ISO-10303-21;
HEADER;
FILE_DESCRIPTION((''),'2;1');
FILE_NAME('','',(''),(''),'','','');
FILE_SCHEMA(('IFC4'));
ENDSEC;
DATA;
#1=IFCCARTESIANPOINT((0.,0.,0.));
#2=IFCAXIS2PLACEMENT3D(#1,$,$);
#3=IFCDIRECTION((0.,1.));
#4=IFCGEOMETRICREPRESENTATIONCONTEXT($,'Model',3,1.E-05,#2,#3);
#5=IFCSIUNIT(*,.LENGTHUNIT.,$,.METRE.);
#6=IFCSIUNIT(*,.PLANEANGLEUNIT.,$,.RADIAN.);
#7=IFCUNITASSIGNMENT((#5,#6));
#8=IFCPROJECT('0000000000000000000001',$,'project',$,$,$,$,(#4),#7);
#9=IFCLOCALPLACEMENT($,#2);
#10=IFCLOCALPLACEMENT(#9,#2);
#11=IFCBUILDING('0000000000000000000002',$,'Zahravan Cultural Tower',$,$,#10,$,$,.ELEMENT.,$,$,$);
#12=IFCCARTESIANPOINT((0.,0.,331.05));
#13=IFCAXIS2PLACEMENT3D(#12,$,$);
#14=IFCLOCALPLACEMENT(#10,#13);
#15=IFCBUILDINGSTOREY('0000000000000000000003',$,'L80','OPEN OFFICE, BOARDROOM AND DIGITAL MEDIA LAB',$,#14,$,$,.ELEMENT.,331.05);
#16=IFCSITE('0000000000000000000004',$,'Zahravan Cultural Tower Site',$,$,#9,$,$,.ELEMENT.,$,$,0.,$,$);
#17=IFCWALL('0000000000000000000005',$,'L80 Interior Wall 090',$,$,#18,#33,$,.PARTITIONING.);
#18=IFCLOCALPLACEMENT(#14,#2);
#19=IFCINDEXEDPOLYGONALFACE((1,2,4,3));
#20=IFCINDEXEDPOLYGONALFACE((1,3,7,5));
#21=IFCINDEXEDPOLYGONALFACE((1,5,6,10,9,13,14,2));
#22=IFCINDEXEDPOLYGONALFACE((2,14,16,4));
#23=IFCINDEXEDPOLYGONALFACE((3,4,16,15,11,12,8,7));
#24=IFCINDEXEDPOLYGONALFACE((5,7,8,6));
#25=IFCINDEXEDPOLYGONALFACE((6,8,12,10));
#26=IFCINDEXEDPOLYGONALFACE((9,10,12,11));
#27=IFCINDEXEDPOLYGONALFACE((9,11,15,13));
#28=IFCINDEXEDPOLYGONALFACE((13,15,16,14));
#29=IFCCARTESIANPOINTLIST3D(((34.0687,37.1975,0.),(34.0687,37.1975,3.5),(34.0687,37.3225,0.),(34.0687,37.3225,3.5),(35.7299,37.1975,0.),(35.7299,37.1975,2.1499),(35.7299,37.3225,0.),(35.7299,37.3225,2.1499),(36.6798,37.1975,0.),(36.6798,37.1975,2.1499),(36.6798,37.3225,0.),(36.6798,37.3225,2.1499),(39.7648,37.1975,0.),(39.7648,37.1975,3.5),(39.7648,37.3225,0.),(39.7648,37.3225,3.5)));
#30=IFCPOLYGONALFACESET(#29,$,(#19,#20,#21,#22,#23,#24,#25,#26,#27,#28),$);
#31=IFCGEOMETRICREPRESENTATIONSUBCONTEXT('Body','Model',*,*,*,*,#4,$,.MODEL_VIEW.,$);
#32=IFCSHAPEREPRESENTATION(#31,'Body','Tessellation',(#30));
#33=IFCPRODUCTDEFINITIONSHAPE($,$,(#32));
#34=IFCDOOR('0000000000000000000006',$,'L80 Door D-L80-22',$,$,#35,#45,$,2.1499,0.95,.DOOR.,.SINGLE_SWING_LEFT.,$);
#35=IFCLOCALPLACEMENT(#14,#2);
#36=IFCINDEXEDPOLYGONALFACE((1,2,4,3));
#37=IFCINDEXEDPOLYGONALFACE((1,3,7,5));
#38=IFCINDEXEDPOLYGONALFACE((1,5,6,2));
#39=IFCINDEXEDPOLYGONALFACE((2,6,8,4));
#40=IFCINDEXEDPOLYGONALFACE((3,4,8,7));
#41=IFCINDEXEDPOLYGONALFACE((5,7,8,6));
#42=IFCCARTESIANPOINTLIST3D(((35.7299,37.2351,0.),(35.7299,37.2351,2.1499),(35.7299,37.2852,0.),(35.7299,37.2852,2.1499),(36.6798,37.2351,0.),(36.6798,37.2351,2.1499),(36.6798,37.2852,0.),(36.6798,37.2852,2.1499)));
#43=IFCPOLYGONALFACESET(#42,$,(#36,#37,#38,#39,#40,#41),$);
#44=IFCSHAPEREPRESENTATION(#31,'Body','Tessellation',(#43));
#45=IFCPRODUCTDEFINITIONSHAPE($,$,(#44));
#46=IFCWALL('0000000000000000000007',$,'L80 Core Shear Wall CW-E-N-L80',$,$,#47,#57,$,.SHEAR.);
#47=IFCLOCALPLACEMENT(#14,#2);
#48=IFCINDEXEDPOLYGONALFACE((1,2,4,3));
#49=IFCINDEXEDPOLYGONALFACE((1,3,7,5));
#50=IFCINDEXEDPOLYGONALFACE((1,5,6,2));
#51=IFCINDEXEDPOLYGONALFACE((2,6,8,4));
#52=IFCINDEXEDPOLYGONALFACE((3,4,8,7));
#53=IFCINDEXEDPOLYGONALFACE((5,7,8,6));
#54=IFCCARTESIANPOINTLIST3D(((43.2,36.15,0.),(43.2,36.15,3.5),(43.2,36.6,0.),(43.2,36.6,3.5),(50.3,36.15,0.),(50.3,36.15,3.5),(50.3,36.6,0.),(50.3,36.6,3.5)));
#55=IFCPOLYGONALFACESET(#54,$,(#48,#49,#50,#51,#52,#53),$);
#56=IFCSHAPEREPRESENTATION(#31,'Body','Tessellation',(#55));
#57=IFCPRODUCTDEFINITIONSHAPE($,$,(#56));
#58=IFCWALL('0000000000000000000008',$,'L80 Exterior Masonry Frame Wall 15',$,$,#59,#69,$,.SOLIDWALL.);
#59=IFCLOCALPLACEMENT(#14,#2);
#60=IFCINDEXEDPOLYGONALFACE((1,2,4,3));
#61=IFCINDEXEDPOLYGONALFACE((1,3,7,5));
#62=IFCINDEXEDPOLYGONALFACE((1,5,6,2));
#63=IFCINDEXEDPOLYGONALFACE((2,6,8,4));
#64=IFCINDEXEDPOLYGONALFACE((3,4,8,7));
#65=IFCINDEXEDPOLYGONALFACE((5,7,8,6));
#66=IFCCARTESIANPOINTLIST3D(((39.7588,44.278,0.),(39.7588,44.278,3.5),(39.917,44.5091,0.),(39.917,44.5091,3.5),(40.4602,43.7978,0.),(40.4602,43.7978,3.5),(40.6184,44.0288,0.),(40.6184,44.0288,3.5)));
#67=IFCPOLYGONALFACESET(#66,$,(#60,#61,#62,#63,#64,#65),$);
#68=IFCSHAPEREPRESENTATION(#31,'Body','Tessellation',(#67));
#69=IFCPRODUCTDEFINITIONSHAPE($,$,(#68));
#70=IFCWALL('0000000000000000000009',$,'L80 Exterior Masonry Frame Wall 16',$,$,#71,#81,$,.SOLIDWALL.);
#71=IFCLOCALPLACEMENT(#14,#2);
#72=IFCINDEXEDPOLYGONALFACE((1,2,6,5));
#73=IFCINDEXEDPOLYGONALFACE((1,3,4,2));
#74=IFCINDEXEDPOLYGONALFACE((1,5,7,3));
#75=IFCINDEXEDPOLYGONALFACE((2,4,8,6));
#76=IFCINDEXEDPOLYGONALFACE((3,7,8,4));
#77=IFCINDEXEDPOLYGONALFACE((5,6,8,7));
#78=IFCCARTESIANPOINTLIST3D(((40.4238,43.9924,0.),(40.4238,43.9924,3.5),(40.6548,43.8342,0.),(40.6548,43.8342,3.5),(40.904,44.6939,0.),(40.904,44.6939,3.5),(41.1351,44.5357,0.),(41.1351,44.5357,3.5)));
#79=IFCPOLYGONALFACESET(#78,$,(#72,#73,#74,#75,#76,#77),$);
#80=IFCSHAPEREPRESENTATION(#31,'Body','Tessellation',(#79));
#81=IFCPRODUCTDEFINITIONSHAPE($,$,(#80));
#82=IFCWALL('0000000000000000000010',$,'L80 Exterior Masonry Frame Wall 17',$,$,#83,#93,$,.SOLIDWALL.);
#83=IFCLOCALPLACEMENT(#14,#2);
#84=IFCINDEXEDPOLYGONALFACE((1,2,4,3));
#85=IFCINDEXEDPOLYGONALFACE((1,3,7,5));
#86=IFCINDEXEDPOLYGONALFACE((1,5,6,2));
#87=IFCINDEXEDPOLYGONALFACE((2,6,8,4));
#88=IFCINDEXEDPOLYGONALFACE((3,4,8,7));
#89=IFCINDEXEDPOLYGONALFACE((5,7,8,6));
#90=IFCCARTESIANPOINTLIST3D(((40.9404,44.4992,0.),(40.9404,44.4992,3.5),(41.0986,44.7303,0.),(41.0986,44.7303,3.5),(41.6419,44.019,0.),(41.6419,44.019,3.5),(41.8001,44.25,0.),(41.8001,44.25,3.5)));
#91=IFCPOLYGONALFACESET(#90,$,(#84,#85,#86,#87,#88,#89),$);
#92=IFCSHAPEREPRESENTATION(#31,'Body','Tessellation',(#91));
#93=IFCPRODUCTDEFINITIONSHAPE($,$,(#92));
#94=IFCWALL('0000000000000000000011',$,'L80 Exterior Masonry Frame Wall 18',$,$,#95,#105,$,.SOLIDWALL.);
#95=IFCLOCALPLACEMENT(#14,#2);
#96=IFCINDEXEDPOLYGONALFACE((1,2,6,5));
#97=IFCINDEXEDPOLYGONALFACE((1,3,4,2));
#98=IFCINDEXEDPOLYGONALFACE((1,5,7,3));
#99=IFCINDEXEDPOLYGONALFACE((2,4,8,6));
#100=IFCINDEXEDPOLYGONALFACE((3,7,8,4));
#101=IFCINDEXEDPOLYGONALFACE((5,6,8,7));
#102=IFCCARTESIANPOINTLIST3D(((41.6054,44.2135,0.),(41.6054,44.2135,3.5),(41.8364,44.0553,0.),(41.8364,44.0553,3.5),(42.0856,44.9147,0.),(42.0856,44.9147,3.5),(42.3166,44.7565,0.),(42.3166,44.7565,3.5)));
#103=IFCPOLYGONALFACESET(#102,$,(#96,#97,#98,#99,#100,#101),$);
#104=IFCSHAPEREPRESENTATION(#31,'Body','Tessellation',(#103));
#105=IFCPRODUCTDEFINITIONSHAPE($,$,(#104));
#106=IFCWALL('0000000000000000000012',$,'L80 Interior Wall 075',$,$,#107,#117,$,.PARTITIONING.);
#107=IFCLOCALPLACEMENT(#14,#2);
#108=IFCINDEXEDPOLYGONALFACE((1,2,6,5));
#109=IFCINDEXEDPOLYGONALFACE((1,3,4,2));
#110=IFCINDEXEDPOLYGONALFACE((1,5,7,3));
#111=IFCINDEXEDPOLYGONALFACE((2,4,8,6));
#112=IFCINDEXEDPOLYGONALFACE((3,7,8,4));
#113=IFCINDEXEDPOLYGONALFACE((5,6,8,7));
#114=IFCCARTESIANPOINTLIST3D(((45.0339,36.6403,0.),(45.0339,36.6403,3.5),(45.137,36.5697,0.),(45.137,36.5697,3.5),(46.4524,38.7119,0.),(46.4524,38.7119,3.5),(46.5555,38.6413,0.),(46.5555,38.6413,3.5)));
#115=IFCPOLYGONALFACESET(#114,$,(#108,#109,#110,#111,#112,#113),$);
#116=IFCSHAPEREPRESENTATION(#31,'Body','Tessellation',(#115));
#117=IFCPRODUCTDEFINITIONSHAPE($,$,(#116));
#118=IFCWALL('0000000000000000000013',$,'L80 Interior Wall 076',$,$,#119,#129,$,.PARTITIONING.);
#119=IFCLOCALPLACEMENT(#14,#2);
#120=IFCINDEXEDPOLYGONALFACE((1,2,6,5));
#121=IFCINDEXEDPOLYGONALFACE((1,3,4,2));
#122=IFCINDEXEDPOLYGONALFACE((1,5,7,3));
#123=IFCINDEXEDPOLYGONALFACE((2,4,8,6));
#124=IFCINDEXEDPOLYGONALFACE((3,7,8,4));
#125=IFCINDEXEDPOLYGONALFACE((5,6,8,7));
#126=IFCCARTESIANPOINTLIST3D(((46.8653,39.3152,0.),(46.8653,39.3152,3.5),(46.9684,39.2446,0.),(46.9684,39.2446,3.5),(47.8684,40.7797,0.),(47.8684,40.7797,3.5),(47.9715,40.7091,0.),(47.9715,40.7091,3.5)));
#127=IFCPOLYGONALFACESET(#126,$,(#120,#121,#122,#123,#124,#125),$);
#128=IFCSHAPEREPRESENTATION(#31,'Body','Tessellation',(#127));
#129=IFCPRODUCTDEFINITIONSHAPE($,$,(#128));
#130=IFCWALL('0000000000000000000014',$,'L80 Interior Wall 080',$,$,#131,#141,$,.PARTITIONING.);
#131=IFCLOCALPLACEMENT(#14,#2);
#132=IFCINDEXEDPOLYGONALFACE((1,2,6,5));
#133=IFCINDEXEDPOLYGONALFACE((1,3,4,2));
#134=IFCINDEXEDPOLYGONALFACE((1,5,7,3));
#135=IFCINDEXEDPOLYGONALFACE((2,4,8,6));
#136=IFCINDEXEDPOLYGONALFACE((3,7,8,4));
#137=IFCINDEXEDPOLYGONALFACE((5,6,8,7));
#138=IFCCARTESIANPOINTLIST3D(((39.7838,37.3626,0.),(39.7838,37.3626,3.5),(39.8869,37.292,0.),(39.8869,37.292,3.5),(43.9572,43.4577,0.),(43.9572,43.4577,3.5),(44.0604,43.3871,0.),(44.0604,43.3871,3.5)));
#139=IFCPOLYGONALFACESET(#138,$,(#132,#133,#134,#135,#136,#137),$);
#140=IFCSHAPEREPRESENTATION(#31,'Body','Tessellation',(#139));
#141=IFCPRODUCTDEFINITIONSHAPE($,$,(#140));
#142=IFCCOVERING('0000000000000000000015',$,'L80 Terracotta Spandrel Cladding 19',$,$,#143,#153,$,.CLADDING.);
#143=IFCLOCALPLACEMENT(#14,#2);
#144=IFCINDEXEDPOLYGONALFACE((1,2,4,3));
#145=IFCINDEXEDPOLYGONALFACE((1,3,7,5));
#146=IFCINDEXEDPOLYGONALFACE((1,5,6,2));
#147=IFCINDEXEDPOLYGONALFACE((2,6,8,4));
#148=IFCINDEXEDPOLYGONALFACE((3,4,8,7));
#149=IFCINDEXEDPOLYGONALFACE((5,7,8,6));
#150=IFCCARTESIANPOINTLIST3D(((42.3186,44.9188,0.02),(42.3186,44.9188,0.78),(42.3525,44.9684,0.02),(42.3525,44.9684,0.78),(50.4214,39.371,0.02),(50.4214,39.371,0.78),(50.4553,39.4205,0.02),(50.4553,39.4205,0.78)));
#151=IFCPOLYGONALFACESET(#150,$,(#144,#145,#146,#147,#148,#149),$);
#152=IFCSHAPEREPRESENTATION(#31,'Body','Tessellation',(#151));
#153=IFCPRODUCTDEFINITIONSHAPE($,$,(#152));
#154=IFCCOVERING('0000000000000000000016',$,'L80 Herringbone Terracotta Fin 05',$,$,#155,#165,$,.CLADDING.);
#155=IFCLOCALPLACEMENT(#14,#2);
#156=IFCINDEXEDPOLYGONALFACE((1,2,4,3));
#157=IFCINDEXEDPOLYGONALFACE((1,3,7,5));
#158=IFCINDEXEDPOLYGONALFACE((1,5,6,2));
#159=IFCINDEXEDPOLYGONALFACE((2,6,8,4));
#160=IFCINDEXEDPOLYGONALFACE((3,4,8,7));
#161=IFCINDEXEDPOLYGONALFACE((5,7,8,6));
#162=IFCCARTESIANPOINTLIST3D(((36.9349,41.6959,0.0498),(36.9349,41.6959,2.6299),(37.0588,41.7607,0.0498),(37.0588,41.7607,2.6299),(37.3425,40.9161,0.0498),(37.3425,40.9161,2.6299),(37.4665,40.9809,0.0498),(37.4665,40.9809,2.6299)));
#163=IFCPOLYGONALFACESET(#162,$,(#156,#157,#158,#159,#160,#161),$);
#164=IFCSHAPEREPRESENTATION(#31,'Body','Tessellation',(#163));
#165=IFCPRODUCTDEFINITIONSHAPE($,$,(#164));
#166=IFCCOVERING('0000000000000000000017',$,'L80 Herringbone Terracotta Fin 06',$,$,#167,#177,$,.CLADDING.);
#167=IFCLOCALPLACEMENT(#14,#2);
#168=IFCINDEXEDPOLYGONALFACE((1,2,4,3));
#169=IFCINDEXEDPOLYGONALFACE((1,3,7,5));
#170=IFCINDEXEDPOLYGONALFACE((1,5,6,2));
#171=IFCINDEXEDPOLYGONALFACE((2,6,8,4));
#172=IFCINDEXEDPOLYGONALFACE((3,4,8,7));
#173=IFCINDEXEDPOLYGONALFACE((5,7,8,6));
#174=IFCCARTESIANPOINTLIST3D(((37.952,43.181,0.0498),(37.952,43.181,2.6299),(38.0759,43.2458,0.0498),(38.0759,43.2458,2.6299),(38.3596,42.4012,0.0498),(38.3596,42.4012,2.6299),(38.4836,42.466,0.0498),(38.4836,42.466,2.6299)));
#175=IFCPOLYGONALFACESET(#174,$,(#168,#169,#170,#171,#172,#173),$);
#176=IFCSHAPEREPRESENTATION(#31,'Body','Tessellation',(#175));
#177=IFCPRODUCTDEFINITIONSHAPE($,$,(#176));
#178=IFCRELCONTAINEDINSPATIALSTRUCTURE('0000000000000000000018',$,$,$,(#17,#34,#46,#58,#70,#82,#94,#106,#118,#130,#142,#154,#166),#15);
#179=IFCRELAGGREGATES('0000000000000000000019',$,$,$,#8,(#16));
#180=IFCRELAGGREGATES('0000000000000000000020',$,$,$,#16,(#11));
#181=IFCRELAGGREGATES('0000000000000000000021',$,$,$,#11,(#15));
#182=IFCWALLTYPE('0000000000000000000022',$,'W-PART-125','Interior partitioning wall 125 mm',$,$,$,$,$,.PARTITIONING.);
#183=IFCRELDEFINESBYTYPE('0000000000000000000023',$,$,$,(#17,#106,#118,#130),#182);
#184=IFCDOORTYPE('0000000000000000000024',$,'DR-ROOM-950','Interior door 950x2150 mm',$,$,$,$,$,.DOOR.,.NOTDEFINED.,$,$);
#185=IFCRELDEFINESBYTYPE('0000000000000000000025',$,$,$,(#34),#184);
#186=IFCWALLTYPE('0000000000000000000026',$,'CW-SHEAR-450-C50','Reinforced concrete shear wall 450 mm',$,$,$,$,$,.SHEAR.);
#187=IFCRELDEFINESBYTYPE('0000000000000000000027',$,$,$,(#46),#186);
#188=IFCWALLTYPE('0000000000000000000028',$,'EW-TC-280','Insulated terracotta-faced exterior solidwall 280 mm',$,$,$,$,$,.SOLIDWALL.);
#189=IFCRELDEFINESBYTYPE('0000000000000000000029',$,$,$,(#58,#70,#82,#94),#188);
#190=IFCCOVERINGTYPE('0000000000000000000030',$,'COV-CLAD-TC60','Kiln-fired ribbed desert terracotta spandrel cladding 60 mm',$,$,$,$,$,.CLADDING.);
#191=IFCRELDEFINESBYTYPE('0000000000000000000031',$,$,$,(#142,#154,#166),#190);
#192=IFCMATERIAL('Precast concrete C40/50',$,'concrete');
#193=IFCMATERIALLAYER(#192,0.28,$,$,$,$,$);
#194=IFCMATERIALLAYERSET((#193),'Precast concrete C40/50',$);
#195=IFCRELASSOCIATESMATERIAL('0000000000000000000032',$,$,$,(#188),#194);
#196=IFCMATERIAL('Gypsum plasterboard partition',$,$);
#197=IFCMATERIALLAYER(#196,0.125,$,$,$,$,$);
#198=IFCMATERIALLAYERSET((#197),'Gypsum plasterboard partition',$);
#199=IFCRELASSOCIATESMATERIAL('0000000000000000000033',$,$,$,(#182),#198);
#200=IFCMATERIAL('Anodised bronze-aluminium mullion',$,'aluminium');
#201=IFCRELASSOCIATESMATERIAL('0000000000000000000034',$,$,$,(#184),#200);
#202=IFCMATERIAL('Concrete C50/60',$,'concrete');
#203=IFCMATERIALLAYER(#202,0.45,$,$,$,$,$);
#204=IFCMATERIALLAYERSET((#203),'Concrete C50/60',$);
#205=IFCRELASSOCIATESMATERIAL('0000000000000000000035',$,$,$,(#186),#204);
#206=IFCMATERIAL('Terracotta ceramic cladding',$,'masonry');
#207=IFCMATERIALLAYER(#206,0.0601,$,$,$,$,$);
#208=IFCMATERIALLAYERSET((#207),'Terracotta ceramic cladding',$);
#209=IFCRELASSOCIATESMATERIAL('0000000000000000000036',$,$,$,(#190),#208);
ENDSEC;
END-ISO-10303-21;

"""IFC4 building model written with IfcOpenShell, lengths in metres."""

from ifc_helpers import new_model, si_unit, direction, frame, frame_2d, origin, origin_2d, place, context, subcontext, project, spatial, rectangle, extrude, source, transform, mapped, material, layer, layer_set, type_object, element, fill, save


model = new_model("IFC4")

# Units and contexts
model_context = context("Model", 3, precision=1e-05, world=origin(), true_north=direction((0.0, 1.0)))
body_context = subcontext(model_context, "Body", "Model", "MODEL_VIEW")
ifc_project = project(units=[si_unit("LENGTHUNIT", "METRE"), si_unit("PLANEANGLEUNIT", "RADIAN")], contexts=[model_context])

# Site, building, storey
site_placement = place(None, origin())
site = spatial("IfcSite", under=ifc_project, at=site_placement, Name="Zahravan Cultural Tower Site", CompositionType="ELEMENT", RefElevation=0.0)
building_placement = place(site_placement, origin())
building = spatial("IfcBuilding", under=site, at=building_placement, Name="Zahravan Cultural Tower", CompositionType="ELEMENT")
storey_placement = place(building_placement, frame((0.0, 0.0, 331.05)))
storey = spatial("IfcBuildingStorey", under=building, at=storey_placement, Name="L80", Description="OPEN OFFICE, BOARDROOM AND DIGITAL MEDIA LAB", CompositionType="ELEMENT", Elevation=331.05)

# Shared definitions
ifc_material_1 = material(Name="Precast concrete C40/50", Category="concrete")
ifc_layer_1 = layer(ifc_material_1, 0.28)
ifc_layer_set_1 = layer_set([ifc_layer_1], Name="Precast concrete C40/50")
wall_type_1 = type_object("IfcWallType", Name="EW-TC-280", Description="Insulated terracotta-faced exterior solidwall 280 mm", PredefinedType="SOLIDWALL", material=ifc_layer_set_1)

# Wall, opening, door
ifc_material_2 = material(Name="Gypsum plasterboard partition")
ifc_layer_2 = layer(ifc_material_2, 0.125)
ifc_layer_set_2 = layer_set([ifc_layer_2], Name="Gypsum plasterboard partition")
wall_type_2 = type_object("IfcWallType", Name="W-PART-125", Description="Interior partitioning wall 125 mm", PredefinedType="PARTITIONING", material=ifc_layer_set_2)
ifc_material_3 = material(Name="Anodised bronze-aluminium mullion", Category="aluminium")
door_type = type_object("IfcDoorType", Name="DR-ROOM-950", Description="Interior door 950x2150 mm", OperationType="NOTDEFINED", PredefinedType="DOOR", material=ifc_material_3)
shared_shape_1 = source(origin(), body_context, "Body", "SweptSolid", [
    extrude(rectangle(XDim=0.95, YDim=2.1499, at=frame_2d((0.4751, 1.075))), frame((0.0, 0.0249, 0.0), z_axis=(0.0, -1.0, 0.0), x_axis=(1.0, 0.0, 0.0)), (0.0, 0.0, 1.0), 0.05),
])
wall_1_placement = place(storey_placement, frame((39.7649, 37.26, 0.0), z_axis=(0.0, 0.0, 1.0), x_axis=(-1.0, 0.0, 0.0)))
wall_1 = element("IfcWall", 1, at=wall_1_placement, inside=storey, type_object=wall_type_2, Name="L80 Interior Wall 090", PredefinedType="PARTITIONING", context=body_context, shape_type="SweptSolid", body=[
    extrude(rectangle(XDim=5.696, YDim=0.125, at=frame_2d((2.8481, 0.0))), origin(), (0.0, 0.0, 1.0), 3.5),
])
opening_1_placement = place(wall_1_placement, frame((3.085, 0.0, 0.0)))
opening_1 = element("IfcOpeningElement", 2, at=opening_1_placement, cuts=wall_1, PredefinedType="OPENING", context=body_context, shape_type="SweptSolid", body=[
    extrude(rectangle(XDim=0.95, YDim=2.1499, at=frame_2d((0.4751, 1.075))), frame((0.0, 0.0725, 0.0), z_axis=(0.0, -1.0, 0.0), x_axis=(1.0, 0.0, 0.0)), (0.0, 0.0, 1.0), 0.145),
])
door_1_placement = place(opening_1_placement, origin())
door_1 = element("IfcDoor", 3, at=door_1_placement, inside=storey, type_object=door_type, Name="L80 Door D-L80-22", OperationType="SINGLE_SWING_LEFT", OverallHeight=2.1499, OverallWidth=0.95, PredefinedType="DOOR", context=body_context, shape_type="MappedRepresentation", body=[
    mapped(shared_shape_1, transform((0.0, 0.0, 0.0), x_axis=(1.0, 0.0, 0.0), y_axis=(0.0, 1.0, 0.0), z_axis=(0.0, 0.0, 1.0), scale=1.0)),
])
fill(opening_1, door_1)

# Walls
ifc_material_4 = material(Name="Concrete C50/60", Category="concrete")
ifc_layer_3 = layer(ifc_material_4, 0.45)
ifc_layer_set_3 = layer_set([ifc_layer_3], Name="Concrete C50/60")
wall_type_3 = type_object("IfcWallType", Name="CW-SHEAR-450-C50", Description="Reinforced concrete shear wall 450 mm", PredefinedType="SHEAR", material=ifc_layer_set_3)
shared_shape_2 = source(origin(), body_context, "Body", "SweptSolid", [
    extrude(rectangle(XDim=7.1001, YDim=0.45, at=frame_2d((3.55, 0.0))), origin(), (0.0, 0.0, 1.0), 3.5),
])
wall_2_placement = place(storey_placement, frame((43.2, 36.375, 0.0), z_axis=(0.0, 0.0, 1.0), x_axis=(1.0, 0.0, 0.0)))
element("IfcWall", 4, at=wall_2_placement, inside=storey, type_object=wall_type_3, Name="L80 Core Shear Wall CW-E-N-L80", PredefinedType="SHEAR", context=body_context, shape_type="MappedRepresentation", body=[
    mapped(shared_shape_2, transform((0.0, 0.0, 0.0), x_axis=(1.0, 0.0, 0.0), y_axis=(0.0, 1.0, 0.0), z_axis=(0.0, 0.0, 1.0), scale=1.0)),
])
shared_shape_3 = source(origin(), body_context, "Body", "SweptSolid", [
    extrude(rectangle(XDim=0.8501, YDim=0.28, at=frame_2d((0.425, 0.0))), origin(), (0.0, 0.0, 1.0), 3.5),
])
for number, where, z_axis, x_axis, name in (
    (5, (39.8379, 44.3936, 0.0), (0.0, 0.0, 1.0), (0.825138, -0.564931, 0.0), "L80 Exterior Masonry Frame Wall 15"),
    (6, (40.5393, 43.9133, 0.0), (0.0, 0.0, 1.0), (0.564931, 0.825138, 0.0), "L80 Exterior Masonry Frame Wall 16"),
    (7, (41.0195, 44.6147, 0.0), (0.0, 0.0, 1.0), (0.825138, -0.564931, 0.0), "L80 Exterior Masonry Frame Wall 17"),
):
    element("IfcWall", number, at=place(storey_placement, frame(where, z_axis=z_axis, x_axis=x_axis)), inside=storey, type_object=wall_type_1, Name=name, PredefinedType="SOLIDWALL", context=body_context, shape_type="MappedRepresentation", body=[
        mapped(shared_shape_3, transform((0.0, 0.0, 0.0), x_axis=(1.0, 0.0, 0.0), y_axis=(0.0, 1.0, 0.0), z_axis=(0.0, 0.0, 1.0), scale=1.0)),
    ])
shared_shape_4 = source(origin(), body_context, "Body", "SweptSolid", [
    extrude(rectangle(XDim=0.8499, YDim=0.28, at=frame_2d((0.4248, 0.0))), origin(), (0.0, 0.0, 1.0), 3.5),
])
wall_3_placement = place(storey_placement, frame((41.7209, 44.1345, 0.0), z_axis=(0.0, 0.0, 1.0), x_axis=(0.565065, 0.825046, 0.0)))
element("IfcWall", 8, at=wall_3_placement, inside=storey, type_object=wall_type_1, Name="L80 Exterior Masonry Frame Wall 18", PredefinedType="SOLIDWALL", context=body_context, shape_type="MappedRepresentation", body=[
    mapped(shared_shape_4, transform((0.0, 0.0, 0.0), x_axis=(1.0, 0.0, 0.0), y_axis=(0.0, 1.0, 0.0), z_axis=(0.0, 0.0, 1.0), scale=1.0)),
])
shared_shape_5 = source(origin(), body_context, "Body", "SweptSolid", [
    extrude(rectangle(XDim=2.5107, YDim=0.125, at=frame_2d((1.2554, 0.0))), origin(), (0.0, 0.0, 1.0), 3.5),
])
wall_4_placement = place(storey_placement, frame((45.0854, 36.605, 0.0), z_axis=(0.0, 0.0, 1.0), x_axis=(0.56498, 0.825104, 0.0)))
element("IfcWall", 9, at=wall_4_placement, inside=storey, type_object=wall_type_2, Name="L80 Interior Wall 075", PredefinedType="PARTITIONING", context=body_context, shape_type="MappedRepresentation", body=[
    mapped(shared_shape_5, transform((0.0, 0.0, 0.0), x_axis=(1.0, 0.0, 0.0), y_axis=(0.0, 1.0, 0.0), z_axis=(0.0, 0.0, 1.0), scale=1.0)),
])
shared_shape_6 = source(origin(), body_context, "Body", "SweptSolid", [
    extrude(rectangle(XDim=1.7751, YDim=0.125, at=frame_2d((0.8877, 0.0))), origin(), (0.0, 0.0, 1.0), 3.5),
])
wall_5_placement = place(storey_placement, frame((46.9167, 39.2798, 0.0), z_axis=(0.0, 0.0, 1.0), x_axis=(0.565098, 0.825024, 0.0)))
element("IfcWall", 10, at=wall_5_placement, inside=storey, type_object=wall_type_2, Name="L80 Interior Wall 076", PredefinedType="PARTITIONING", context=body_context, shape_type="MappedRepresentation", body=[
    mapped(shared_shape_6, transform((0.0, 0.0, 0.0), x_axis=(1.0, 0.0, 0.0), y_axis=(0.0, 1.0, 0.0), z_axis=(0.0, 0.0, 1.0), scale=1.0)),
])
shared_shape_7 = source(origin(), body_context, "Body", "SweptSolid", [
    extrude(rectangle(XDim=7.387, YDim=0.125, at=frame_2d((3.6934, 0.0))), origin(), (0.0, 0.0, 1.0), 3.5),
])
wall_6_placement = place(storey_placement, frame((39.8354, 37.3274, 0.0), z_axis=(0.0, 0.0, 1.0), x_axis=(0.564969, 0.825112, 0.0)))
element("IfcWall", 11, at=wall_6_placement, inside=storey, type_object=wall_type_2, Name="L80 Interior Wall 080", PredefinedType="PARTITIONING", context=body_context, shape_type="MappedRepresentation", body=[
    mapped(shared_shape_7, transform((0.0, 0.0, 0.0), x_axis=(1.0, 0.0, 0.0), y_axis=(0.0, 1.0, 0.0), z_axis=(0.0, 0.0, 1.0), scale=1.0)),
])

# Coverings
ifc_material_5 = material(Name="Terracotta ceramic cladding", Category="masonry")
ifc_layer_4 = layer(ifc_material_5, 0.0601)
ifc_layer_set_4 = layer_set([ifc_layer_4], Name="Terracotta ceramic cladding")
covering_type = type_object("IfcCoveringType", Name="COV-CLAD-TC60", Description="Kiln-fired ribbed desert terracotta spandrel cladding 60 mm", PredefinedType="CLADDING", material=ifc_layer_set_4)
shared_shape_8 = source(origin(), body_context, "Body", "SweptSolid", [
    extrude(rectangle(XDim=9.8201, YDim=0.0601, at=origin_2d()), origin(), (0.0, 0.0, 1.0), 0.76),
])
covering_1_placement = place(storey_placement, frame((46.387, 42.1697, 0.02), z_axis=(0.0, 0.0, 1.0), x_axis=(0.825123, -0.564953, 0.0)))
element("IfcCovering", 12, at=covering_1_placement, inside=storey, type_object=covering_type, Name="L80 Terracotta Spandrel Cladding 19", PredefinedType="CLADDING", context=body_context, shape_type="MappedRepresentation", body=[
    mapped(shared_shape_8, transform((0.0, 0.0, 0.0), x_axis=(1.0, 0.0, 0.0), y_axis=(0.0, 1.0, 0.0), z_axis=(0.0, 0.0, 1.0), scale=1.0)),
])
shared_shape_9 = source(origin(), body_context, "Body", "SweptSolid", [
    extrude(rectangle(XDim=0.8799, YDim=0.1399, at=origin_2d()), origin(), (0.0, 0.0, 1.0), 2.5801),
])
for number, where, z_axis, x_axis, name in (
    (13, (37.2007, 41.3384, 0.0498), (0.0, 0.0, 1.0), (-0.463296, 0.886204, 0.0), "L80 Herringbone Terracotta Fin 05"),
    (14, (38.2178, 42.8235, 0.0498), (0.0, 0.0, 1.0), (-0.463296, 0.886204, 0.0), "L80 Herringbone Terracotta Fin 06"),
):
    element("IfcCovering", number, at=place(storey_placement, frame(where, z_axis=z_axis, x_axis=x_axis)), inside=storey, type_object=covering_type, Name=name, PredefinedType="CLADDING", context=body_context, shape_type="MappedRepresentation", body=[
        mapped(shared_shape_9, transform((0.0, 0.0, 0.0), x_axis=(1.0, 0.0, 0.0), y_axis=(0.0, 1.0, 0.0), z_axis=(0.0, 0.0, 1.0), scale=1.0)),
    ])

save(model, "model.ifc")
